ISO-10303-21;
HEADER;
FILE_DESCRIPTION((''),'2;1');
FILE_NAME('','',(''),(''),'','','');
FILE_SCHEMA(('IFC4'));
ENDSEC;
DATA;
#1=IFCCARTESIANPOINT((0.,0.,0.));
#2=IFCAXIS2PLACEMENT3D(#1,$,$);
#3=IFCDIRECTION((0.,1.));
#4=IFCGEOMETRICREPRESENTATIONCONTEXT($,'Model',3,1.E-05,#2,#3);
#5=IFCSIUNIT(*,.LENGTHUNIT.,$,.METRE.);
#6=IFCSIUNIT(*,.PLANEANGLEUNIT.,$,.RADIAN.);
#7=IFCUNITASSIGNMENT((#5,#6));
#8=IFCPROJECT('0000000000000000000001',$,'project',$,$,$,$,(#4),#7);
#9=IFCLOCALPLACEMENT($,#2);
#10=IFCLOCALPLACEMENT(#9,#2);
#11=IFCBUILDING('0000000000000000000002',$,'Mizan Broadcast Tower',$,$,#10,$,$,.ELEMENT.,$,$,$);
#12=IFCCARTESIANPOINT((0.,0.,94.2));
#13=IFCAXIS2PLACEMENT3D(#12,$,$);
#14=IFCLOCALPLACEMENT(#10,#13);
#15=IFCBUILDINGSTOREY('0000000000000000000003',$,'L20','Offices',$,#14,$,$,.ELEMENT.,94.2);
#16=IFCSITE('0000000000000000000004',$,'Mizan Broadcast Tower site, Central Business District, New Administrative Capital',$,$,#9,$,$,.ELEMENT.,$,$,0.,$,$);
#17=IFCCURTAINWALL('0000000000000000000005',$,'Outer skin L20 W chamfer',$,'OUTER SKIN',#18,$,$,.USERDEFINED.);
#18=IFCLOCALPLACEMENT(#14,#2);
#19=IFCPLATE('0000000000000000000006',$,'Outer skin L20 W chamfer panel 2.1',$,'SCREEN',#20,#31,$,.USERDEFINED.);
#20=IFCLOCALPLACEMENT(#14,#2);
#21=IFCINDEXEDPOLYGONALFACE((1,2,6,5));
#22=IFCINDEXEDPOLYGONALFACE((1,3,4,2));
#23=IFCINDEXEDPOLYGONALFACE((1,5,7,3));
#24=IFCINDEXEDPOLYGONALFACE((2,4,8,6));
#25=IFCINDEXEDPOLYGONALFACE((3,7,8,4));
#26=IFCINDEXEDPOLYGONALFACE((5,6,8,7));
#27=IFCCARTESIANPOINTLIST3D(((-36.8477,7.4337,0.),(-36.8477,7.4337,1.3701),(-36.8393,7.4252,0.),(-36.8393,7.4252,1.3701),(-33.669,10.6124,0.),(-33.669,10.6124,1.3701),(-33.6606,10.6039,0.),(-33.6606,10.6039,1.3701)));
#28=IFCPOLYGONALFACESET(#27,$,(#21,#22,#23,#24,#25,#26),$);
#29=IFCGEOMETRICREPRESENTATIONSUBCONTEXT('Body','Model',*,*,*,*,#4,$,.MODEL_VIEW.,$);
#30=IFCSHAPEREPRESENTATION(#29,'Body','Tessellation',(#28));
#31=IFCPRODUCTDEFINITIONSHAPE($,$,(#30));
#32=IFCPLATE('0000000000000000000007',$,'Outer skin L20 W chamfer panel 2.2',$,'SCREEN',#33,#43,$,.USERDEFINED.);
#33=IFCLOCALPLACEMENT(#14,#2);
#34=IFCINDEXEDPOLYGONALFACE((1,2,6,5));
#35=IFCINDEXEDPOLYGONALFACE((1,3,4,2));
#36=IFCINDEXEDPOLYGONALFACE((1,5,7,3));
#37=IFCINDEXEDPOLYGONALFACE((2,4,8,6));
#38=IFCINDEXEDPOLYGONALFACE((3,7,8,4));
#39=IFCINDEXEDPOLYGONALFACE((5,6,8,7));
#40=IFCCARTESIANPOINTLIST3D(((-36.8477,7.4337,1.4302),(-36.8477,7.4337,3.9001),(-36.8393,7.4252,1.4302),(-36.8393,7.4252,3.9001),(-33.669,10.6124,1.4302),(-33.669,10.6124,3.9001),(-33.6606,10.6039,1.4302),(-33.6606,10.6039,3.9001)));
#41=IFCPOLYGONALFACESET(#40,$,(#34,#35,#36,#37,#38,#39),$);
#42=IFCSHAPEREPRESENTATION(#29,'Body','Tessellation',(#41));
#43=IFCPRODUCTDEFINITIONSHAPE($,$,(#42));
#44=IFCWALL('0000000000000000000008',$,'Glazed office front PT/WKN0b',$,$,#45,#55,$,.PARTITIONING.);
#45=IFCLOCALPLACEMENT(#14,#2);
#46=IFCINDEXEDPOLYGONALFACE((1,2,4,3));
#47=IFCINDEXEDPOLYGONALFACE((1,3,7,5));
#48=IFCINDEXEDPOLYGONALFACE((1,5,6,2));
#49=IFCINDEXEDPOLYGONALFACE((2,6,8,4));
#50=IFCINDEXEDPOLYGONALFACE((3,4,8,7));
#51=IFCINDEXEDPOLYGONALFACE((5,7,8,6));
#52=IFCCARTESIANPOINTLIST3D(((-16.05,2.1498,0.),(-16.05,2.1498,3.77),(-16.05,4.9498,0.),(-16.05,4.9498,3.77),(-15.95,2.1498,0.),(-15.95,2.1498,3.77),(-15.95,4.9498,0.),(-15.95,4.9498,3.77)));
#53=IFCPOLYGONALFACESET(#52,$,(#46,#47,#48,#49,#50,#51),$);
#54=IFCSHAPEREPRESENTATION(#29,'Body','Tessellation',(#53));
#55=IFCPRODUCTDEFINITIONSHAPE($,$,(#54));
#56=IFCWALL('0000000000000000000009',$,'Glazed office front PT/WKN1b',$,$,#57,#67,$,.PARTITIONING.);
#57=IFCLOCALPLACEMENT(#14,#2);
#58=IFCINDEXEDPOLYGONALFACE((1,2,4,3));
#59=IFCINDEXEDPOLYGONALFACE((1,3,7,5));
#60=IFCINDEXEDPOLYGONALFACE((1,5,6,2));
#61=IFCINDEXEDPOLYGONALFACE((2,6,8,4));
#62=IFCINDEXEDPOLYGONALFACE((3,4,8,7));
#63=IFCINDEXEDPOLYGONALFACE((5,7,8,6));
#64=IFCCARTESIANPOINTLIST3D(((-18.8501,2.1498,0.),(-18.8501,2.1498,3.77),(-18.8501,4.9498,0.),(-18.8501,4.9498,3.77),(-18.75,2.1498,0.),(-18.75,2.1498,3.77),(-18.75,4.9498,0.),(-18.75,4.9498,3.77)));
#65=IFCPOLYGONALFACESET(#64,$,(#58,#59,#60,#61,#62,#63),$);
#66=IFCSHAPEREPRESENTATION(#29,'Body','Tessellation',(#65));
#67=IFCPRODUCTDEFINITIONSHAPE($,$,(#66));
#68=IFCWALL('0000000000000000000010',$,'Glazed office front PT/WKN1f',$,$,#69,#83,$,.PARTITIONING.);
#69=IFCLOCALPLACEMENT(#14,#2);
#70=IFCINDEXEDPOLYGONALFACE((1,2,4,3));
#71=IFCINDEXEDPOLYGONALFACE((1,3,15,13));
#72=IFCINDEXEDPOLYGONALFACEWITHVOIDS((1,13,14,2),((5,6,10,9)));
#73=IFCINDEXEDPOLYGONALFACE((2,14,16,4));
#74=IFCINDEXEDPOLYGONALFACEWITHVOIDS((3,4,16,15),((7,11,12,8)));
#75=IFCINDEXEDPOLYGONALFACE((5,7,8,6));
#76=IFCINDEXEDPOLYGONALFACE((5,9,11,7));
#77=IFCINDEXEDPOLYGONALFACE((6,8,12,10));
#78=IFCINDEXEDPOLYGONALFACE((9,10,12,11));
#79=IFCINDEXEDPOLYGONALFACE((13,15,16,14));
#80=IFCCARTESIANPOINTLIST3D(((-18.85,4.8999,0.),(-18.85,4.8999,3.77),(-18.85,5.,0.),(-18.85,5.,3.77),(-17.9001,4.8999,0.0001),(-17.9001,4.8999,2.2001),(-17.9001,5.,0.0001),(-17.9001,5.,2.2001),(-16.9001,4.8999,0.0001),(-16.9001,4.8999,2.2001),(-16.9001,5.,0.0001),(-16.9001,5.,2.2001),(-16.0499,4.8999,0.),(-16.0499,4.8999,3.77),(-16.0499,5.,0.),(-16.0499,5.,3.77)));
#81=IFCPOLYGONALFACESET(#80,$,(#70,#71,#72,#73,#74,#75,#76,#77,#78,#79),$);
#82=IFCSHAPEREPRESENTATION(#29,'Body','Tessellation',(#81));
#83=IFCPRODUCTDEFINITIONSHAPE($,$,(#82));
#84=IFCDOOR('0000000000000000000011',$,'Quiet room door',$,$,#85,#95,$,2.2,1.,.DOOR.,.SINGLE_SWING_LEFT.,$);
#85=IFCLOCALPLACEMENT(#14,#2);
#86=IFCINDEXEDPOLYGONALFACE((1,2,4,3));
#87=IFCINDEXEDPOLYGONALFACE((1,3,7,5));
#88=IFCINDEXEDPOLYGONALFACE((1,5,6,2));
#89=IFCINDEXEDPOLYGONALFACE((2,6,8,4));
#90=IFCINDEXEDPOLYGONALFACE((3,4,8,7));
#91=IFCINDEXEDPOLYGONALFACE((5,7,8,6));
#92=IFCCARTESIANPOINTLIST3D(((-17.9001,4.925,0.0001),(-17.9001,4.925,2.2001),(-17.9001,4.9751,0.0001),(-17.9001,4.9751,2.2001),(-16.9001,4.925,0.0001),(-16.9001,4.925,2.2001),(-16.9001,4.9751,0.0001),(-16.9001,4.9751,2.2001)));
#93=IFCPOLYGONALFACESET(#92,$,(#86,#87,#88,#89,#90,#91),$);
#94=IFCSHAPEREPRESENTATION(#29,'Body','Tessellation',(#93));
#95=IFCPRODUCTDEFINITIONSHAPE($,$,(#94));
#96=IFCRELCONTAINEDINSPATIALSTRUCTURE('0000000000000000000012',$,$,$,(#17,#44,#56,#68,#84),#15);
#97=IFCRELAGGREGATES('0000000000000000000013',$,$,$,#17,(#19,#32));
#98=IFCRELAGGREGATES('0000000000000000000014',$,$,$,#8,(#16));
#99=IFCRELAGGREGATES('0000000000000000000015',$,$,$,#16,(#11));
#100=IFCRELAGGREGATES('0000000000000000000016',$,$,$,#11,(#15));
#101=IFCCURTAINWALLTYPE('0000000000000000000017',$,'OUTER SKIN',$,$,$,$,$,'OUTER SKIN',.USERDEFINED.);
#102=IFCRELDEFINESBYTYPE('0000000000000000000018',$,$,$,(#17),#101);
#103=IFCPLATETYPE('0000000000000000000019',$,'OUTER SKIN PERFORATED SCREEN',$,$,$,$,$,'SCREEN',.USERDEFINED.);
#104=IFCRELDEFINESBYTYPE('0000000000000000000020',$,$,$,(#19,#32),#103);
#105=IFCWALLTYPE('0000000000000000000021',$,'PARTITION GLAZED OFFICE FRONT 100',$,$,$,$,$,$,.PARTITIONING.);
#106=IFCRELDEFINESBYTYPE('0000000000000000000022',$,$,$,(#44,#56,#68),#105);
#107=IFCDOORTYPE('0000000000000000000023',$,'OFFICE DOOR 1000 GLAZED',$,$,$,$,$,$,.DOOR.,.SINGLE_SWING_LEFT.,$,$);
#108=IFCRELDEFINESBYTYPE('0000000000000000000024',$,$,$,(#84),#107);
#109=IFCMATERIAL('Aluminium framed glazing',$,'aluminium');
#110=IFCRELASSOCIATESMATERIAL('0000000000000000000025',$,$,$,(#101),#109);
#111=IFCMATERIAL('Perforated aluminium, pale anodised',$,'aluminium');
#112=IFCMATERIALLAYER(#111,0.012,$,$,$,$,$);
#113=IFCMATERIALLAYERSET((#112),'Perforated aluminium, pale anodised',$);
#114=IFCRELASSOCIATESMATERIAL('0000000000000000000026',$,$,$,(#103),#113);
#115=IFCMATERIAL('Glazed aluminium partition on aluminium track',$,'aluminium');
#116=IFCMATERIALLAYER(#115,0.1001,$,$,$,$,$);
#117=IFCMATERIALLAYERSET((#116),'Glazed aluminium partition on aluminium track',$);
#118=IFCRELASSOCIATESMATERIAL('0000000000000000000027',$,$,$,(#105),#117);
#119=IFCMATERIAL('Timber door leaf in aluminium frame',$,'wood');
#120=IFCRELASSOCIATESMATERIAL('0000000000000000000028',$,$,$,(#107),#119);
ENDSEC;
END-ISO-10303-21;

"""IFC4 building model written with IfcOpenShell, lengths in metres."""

from ifc_helpers import new_model, si_unit, direction, frame, frame_2d, origin, origin_2d, place, context, subcontext, project, spatial, rectangle, extrude, material, layer, layer_set, type_object, element, fill, aggregate, save


model = new_model("IFC4")

# Units and contexts
model_context = context("Model", 3, precision=1e-05, world=origin(), true_north=direction((0.0, 1.0)))
body_context = subcontext(model_context, "Body", "Model", "MODEL_VIEW")
ifc_project = project(units=[si_unit("LENGTHUNIT", "METRE"), si_unit("PLANEANGLEUNIT", "RADIAN")], contexts=[model_context])

# Site, building, storey
site_placement = place(None, origin())
site = spatial("IfcSite", under=ifc_project, at=site_placement, Name="Mizan Broadcast Tower site, Central Business District, New Administrative Capital", CompositionType="ELEMENT", RefElevation=0.0)
building_placement = place(site_placement, origin())
building = spatial("IfcBuilding", under=site, at=building_placement, Name="Mizan Broadcast Tower", CompositionType="ELEMENT")
storey_placement = place(building_placement, frame((0.0, 0.0, 94.2)))
storey = spatial("IfcBuildingStorey", under=building, at=storey_placement, Name="L20", Description="Offices", CompositionType="ELEMENT", Elevation=94.2)

# Curtain wall
ifc_material_1 = material(Name="Aluminium framed glazing", Category="aluminium")
curtain_wall_type_1 = type_object("IfcCurtainWallType", Name="OUTER SKIN", ElementType="OUTER SKIN", PredefinedType="USERDEFINED", material=ifc_material_1)
curtain_wall_1_placement = place(storey_placement, origin())
curtain_wall_1 = element("IfcCurtainWall", 1, at=curtain_wall_1_placement, inside=storey, type_object=curtain_wall_type_1, Name="Outer skin L20 W chamfer", ObjectType="OUTER SKIN", PredefinedType="USERDEFINED")

# Plates
ifc_material_2 = material(Name="Perforated aluminium, pale anodised", Category="aluminium")
ifc_layer_1 = layer(ifc_material_2, 0.012)
ifc_layer_set_1 = layer_set([ifc_layer_1], Name="Perforated aluminium, pale anodised")
plate_type_1 = type_object("IfcPlateType", Name="OUTER SKIN PERFORATED SCREEN", ElementType="SCREEN", PredefinedType="USERDEFINED", material=ifc_layer_set_1)
plate_1_placement = place(storey_placement, frame((-35.2542, 9.0188, 0.0), z_axis=(0.0, 0.0, 1.0), x_axis=(-0.707107, -0.707107, 0.0)))
plate_1 = element("IfcPlate", 2, at=plate_1_placement, type_object=plate_type_1, Name="Outer skin L20 W chamfer panel 2.1", ObjectType="SCREEN", PredefinedType="USERDEFINED", context=body_context, shape_type="SweptSolid", body=[
    extrude(rectangle(XDim=4.4954, YDim=0.012, at=origin_2d()), origin(), (0.0, 0.0, 1.0), 1.3701),
])
plate_2_placement = place(storey_placement, frame((-35.2542, 9.0188, 1.4302), z_axis=(0.0, 0.0, 1.0), x_axis=(-0.707107, -0.707107, 0.0)))
plate_2 = element("IfcPlate", 3, at=plate_2_placement, type_object=plate_type_1, Name="Outer skin L20 W chamfer panel 2.2", ObjectType="SCREEN", PredefinedType="USERDEFINED", context=body_context, shape_type="SweptSolid", body=[
    extrude(rectangle(XDim=4.4954, YDim=0.012, at=origin_2d()), origin(), (0.0, 0.0, 1.0), 2.47),
])
aggregate(curtain_wall_1, [plate_1, plate_2])

# Walls
ifc_material_3 = material(Name="Glazed aluminium partition on aluminium track", Category="aluminium")
ifc_layer_2 = layer(ifc_material_3, 0.1001)
ifc_layer_set_2 = layer_set([ifc_layer_2], Name="Glazed aluminium partition on aluminium track")
wall_type = type_object("IfcWallType", Name="PARTITION GLAZED OFFICE FRONT 100", PredefinedType="PARTITIONING", material=ifc_layer_set_2)
for number, where, z_axis, x_axis, name in (
    (4, (-16.0, 2.1499, 0.0), (0.0, 0.0, 1.0), (0.0, 1.0, 0.0), "Glazed office front PT/WKN0b"),
    (5, (-18.8, 2.1499, 0.0), (0.0, 0.0, 1.0), (0.0, 1.0, 0.0), "Glazed office front PT/WKN1b"),
):
    element("IfcWall", number, at=place(storey_placement, frame(where, z_axis=z_axis, x_axis=x_axis)), inside=storey, type_object=wall_type, Name=name, PredefinedType="PARTITIONING", context=body_context, shape_type="SweptSolid", body=[
        extrude(rectangle(XDim=2.8, YDim=0.1001, at=frame_2d((1.3999, 0.0))), origin(), (0.0, 0.0, 1.0), 3.77),
    ])

# Wall, opening, door
wall_placement = place(storey_placement, frame((-16.05, 4.95, 0.0), z_axis=(0.0, 0.0, 1.0), x_axis=(-1.0, 0.0, 0.0)))
wall = element("IfcWall", 6, at=wall_placement, inside=storey, type_object=wall_type, Name="Glazed office front PT/WKN1f", PredefinedType="PARTITIONING", context=body_context, shape_type="SweptSolid", body=[
    extrude(rectangle(XDim=2.8, YDim=0.1001, at=frame_2d((1.3999, 0.0))), origin(), (0.0, 0.0, 1.0), 3.77),
])
opening_placement = place(wall_placement, frame((0.8501, 0.0, 0.0)))
opening = element("IfcOpeningElement", 7, at=opening_placement, cuts=wall, PredefinedType="OPENING", context=body_context, shape_type="SweptSolid", body=[
    extrude(rectangle(XDim=1.0, YDim=2.2, at=frame_2d((0.5, 1.1001))), frame((0.0, 0.0601, 0.0), z_axis=(0.0, -1.0, 0.0), x_axis=(1.0, 0.0, 0.0)), (0.0, 0.0, 1.0), 0.1201),
])
ifc_material_4 = material(Name="Timber door leaf in aluminium frame", Category="wood")
door_type = type_object("IfcDoorType", Name="OFFICE DOOR 1000 GLAZED", OperationType="SINGLE_SWING_LEFT", PredefinedType="DOOR", material=ifc_material_4)
door_placement = place(opening_placement, origin())
door = element("IfcDoor", 8, at=door_placement, inside=storey, type_object=door_type, Name="Quiet room door", OperationType="SINGLE_SWING_LEFT", OverallHeight=2.2, OverallWidth=1.0, PredefinedType="DOOR", context=body_context, shape_type="SweptSolid", body=[
    extrude(rectangle(XDim=1.0, YDim=2.2, at=frame_2d((0.5, 1.1001))), frame((0.0, 0.0249, 0.0), z_axis=(0.0, -1.0, 0.0), x_axis=(1.0, 0.0, 0.0)), (0.0, 0.0, 1.0), 0.05),
])
fill(opening, door)

save(model, "model.ifc")
